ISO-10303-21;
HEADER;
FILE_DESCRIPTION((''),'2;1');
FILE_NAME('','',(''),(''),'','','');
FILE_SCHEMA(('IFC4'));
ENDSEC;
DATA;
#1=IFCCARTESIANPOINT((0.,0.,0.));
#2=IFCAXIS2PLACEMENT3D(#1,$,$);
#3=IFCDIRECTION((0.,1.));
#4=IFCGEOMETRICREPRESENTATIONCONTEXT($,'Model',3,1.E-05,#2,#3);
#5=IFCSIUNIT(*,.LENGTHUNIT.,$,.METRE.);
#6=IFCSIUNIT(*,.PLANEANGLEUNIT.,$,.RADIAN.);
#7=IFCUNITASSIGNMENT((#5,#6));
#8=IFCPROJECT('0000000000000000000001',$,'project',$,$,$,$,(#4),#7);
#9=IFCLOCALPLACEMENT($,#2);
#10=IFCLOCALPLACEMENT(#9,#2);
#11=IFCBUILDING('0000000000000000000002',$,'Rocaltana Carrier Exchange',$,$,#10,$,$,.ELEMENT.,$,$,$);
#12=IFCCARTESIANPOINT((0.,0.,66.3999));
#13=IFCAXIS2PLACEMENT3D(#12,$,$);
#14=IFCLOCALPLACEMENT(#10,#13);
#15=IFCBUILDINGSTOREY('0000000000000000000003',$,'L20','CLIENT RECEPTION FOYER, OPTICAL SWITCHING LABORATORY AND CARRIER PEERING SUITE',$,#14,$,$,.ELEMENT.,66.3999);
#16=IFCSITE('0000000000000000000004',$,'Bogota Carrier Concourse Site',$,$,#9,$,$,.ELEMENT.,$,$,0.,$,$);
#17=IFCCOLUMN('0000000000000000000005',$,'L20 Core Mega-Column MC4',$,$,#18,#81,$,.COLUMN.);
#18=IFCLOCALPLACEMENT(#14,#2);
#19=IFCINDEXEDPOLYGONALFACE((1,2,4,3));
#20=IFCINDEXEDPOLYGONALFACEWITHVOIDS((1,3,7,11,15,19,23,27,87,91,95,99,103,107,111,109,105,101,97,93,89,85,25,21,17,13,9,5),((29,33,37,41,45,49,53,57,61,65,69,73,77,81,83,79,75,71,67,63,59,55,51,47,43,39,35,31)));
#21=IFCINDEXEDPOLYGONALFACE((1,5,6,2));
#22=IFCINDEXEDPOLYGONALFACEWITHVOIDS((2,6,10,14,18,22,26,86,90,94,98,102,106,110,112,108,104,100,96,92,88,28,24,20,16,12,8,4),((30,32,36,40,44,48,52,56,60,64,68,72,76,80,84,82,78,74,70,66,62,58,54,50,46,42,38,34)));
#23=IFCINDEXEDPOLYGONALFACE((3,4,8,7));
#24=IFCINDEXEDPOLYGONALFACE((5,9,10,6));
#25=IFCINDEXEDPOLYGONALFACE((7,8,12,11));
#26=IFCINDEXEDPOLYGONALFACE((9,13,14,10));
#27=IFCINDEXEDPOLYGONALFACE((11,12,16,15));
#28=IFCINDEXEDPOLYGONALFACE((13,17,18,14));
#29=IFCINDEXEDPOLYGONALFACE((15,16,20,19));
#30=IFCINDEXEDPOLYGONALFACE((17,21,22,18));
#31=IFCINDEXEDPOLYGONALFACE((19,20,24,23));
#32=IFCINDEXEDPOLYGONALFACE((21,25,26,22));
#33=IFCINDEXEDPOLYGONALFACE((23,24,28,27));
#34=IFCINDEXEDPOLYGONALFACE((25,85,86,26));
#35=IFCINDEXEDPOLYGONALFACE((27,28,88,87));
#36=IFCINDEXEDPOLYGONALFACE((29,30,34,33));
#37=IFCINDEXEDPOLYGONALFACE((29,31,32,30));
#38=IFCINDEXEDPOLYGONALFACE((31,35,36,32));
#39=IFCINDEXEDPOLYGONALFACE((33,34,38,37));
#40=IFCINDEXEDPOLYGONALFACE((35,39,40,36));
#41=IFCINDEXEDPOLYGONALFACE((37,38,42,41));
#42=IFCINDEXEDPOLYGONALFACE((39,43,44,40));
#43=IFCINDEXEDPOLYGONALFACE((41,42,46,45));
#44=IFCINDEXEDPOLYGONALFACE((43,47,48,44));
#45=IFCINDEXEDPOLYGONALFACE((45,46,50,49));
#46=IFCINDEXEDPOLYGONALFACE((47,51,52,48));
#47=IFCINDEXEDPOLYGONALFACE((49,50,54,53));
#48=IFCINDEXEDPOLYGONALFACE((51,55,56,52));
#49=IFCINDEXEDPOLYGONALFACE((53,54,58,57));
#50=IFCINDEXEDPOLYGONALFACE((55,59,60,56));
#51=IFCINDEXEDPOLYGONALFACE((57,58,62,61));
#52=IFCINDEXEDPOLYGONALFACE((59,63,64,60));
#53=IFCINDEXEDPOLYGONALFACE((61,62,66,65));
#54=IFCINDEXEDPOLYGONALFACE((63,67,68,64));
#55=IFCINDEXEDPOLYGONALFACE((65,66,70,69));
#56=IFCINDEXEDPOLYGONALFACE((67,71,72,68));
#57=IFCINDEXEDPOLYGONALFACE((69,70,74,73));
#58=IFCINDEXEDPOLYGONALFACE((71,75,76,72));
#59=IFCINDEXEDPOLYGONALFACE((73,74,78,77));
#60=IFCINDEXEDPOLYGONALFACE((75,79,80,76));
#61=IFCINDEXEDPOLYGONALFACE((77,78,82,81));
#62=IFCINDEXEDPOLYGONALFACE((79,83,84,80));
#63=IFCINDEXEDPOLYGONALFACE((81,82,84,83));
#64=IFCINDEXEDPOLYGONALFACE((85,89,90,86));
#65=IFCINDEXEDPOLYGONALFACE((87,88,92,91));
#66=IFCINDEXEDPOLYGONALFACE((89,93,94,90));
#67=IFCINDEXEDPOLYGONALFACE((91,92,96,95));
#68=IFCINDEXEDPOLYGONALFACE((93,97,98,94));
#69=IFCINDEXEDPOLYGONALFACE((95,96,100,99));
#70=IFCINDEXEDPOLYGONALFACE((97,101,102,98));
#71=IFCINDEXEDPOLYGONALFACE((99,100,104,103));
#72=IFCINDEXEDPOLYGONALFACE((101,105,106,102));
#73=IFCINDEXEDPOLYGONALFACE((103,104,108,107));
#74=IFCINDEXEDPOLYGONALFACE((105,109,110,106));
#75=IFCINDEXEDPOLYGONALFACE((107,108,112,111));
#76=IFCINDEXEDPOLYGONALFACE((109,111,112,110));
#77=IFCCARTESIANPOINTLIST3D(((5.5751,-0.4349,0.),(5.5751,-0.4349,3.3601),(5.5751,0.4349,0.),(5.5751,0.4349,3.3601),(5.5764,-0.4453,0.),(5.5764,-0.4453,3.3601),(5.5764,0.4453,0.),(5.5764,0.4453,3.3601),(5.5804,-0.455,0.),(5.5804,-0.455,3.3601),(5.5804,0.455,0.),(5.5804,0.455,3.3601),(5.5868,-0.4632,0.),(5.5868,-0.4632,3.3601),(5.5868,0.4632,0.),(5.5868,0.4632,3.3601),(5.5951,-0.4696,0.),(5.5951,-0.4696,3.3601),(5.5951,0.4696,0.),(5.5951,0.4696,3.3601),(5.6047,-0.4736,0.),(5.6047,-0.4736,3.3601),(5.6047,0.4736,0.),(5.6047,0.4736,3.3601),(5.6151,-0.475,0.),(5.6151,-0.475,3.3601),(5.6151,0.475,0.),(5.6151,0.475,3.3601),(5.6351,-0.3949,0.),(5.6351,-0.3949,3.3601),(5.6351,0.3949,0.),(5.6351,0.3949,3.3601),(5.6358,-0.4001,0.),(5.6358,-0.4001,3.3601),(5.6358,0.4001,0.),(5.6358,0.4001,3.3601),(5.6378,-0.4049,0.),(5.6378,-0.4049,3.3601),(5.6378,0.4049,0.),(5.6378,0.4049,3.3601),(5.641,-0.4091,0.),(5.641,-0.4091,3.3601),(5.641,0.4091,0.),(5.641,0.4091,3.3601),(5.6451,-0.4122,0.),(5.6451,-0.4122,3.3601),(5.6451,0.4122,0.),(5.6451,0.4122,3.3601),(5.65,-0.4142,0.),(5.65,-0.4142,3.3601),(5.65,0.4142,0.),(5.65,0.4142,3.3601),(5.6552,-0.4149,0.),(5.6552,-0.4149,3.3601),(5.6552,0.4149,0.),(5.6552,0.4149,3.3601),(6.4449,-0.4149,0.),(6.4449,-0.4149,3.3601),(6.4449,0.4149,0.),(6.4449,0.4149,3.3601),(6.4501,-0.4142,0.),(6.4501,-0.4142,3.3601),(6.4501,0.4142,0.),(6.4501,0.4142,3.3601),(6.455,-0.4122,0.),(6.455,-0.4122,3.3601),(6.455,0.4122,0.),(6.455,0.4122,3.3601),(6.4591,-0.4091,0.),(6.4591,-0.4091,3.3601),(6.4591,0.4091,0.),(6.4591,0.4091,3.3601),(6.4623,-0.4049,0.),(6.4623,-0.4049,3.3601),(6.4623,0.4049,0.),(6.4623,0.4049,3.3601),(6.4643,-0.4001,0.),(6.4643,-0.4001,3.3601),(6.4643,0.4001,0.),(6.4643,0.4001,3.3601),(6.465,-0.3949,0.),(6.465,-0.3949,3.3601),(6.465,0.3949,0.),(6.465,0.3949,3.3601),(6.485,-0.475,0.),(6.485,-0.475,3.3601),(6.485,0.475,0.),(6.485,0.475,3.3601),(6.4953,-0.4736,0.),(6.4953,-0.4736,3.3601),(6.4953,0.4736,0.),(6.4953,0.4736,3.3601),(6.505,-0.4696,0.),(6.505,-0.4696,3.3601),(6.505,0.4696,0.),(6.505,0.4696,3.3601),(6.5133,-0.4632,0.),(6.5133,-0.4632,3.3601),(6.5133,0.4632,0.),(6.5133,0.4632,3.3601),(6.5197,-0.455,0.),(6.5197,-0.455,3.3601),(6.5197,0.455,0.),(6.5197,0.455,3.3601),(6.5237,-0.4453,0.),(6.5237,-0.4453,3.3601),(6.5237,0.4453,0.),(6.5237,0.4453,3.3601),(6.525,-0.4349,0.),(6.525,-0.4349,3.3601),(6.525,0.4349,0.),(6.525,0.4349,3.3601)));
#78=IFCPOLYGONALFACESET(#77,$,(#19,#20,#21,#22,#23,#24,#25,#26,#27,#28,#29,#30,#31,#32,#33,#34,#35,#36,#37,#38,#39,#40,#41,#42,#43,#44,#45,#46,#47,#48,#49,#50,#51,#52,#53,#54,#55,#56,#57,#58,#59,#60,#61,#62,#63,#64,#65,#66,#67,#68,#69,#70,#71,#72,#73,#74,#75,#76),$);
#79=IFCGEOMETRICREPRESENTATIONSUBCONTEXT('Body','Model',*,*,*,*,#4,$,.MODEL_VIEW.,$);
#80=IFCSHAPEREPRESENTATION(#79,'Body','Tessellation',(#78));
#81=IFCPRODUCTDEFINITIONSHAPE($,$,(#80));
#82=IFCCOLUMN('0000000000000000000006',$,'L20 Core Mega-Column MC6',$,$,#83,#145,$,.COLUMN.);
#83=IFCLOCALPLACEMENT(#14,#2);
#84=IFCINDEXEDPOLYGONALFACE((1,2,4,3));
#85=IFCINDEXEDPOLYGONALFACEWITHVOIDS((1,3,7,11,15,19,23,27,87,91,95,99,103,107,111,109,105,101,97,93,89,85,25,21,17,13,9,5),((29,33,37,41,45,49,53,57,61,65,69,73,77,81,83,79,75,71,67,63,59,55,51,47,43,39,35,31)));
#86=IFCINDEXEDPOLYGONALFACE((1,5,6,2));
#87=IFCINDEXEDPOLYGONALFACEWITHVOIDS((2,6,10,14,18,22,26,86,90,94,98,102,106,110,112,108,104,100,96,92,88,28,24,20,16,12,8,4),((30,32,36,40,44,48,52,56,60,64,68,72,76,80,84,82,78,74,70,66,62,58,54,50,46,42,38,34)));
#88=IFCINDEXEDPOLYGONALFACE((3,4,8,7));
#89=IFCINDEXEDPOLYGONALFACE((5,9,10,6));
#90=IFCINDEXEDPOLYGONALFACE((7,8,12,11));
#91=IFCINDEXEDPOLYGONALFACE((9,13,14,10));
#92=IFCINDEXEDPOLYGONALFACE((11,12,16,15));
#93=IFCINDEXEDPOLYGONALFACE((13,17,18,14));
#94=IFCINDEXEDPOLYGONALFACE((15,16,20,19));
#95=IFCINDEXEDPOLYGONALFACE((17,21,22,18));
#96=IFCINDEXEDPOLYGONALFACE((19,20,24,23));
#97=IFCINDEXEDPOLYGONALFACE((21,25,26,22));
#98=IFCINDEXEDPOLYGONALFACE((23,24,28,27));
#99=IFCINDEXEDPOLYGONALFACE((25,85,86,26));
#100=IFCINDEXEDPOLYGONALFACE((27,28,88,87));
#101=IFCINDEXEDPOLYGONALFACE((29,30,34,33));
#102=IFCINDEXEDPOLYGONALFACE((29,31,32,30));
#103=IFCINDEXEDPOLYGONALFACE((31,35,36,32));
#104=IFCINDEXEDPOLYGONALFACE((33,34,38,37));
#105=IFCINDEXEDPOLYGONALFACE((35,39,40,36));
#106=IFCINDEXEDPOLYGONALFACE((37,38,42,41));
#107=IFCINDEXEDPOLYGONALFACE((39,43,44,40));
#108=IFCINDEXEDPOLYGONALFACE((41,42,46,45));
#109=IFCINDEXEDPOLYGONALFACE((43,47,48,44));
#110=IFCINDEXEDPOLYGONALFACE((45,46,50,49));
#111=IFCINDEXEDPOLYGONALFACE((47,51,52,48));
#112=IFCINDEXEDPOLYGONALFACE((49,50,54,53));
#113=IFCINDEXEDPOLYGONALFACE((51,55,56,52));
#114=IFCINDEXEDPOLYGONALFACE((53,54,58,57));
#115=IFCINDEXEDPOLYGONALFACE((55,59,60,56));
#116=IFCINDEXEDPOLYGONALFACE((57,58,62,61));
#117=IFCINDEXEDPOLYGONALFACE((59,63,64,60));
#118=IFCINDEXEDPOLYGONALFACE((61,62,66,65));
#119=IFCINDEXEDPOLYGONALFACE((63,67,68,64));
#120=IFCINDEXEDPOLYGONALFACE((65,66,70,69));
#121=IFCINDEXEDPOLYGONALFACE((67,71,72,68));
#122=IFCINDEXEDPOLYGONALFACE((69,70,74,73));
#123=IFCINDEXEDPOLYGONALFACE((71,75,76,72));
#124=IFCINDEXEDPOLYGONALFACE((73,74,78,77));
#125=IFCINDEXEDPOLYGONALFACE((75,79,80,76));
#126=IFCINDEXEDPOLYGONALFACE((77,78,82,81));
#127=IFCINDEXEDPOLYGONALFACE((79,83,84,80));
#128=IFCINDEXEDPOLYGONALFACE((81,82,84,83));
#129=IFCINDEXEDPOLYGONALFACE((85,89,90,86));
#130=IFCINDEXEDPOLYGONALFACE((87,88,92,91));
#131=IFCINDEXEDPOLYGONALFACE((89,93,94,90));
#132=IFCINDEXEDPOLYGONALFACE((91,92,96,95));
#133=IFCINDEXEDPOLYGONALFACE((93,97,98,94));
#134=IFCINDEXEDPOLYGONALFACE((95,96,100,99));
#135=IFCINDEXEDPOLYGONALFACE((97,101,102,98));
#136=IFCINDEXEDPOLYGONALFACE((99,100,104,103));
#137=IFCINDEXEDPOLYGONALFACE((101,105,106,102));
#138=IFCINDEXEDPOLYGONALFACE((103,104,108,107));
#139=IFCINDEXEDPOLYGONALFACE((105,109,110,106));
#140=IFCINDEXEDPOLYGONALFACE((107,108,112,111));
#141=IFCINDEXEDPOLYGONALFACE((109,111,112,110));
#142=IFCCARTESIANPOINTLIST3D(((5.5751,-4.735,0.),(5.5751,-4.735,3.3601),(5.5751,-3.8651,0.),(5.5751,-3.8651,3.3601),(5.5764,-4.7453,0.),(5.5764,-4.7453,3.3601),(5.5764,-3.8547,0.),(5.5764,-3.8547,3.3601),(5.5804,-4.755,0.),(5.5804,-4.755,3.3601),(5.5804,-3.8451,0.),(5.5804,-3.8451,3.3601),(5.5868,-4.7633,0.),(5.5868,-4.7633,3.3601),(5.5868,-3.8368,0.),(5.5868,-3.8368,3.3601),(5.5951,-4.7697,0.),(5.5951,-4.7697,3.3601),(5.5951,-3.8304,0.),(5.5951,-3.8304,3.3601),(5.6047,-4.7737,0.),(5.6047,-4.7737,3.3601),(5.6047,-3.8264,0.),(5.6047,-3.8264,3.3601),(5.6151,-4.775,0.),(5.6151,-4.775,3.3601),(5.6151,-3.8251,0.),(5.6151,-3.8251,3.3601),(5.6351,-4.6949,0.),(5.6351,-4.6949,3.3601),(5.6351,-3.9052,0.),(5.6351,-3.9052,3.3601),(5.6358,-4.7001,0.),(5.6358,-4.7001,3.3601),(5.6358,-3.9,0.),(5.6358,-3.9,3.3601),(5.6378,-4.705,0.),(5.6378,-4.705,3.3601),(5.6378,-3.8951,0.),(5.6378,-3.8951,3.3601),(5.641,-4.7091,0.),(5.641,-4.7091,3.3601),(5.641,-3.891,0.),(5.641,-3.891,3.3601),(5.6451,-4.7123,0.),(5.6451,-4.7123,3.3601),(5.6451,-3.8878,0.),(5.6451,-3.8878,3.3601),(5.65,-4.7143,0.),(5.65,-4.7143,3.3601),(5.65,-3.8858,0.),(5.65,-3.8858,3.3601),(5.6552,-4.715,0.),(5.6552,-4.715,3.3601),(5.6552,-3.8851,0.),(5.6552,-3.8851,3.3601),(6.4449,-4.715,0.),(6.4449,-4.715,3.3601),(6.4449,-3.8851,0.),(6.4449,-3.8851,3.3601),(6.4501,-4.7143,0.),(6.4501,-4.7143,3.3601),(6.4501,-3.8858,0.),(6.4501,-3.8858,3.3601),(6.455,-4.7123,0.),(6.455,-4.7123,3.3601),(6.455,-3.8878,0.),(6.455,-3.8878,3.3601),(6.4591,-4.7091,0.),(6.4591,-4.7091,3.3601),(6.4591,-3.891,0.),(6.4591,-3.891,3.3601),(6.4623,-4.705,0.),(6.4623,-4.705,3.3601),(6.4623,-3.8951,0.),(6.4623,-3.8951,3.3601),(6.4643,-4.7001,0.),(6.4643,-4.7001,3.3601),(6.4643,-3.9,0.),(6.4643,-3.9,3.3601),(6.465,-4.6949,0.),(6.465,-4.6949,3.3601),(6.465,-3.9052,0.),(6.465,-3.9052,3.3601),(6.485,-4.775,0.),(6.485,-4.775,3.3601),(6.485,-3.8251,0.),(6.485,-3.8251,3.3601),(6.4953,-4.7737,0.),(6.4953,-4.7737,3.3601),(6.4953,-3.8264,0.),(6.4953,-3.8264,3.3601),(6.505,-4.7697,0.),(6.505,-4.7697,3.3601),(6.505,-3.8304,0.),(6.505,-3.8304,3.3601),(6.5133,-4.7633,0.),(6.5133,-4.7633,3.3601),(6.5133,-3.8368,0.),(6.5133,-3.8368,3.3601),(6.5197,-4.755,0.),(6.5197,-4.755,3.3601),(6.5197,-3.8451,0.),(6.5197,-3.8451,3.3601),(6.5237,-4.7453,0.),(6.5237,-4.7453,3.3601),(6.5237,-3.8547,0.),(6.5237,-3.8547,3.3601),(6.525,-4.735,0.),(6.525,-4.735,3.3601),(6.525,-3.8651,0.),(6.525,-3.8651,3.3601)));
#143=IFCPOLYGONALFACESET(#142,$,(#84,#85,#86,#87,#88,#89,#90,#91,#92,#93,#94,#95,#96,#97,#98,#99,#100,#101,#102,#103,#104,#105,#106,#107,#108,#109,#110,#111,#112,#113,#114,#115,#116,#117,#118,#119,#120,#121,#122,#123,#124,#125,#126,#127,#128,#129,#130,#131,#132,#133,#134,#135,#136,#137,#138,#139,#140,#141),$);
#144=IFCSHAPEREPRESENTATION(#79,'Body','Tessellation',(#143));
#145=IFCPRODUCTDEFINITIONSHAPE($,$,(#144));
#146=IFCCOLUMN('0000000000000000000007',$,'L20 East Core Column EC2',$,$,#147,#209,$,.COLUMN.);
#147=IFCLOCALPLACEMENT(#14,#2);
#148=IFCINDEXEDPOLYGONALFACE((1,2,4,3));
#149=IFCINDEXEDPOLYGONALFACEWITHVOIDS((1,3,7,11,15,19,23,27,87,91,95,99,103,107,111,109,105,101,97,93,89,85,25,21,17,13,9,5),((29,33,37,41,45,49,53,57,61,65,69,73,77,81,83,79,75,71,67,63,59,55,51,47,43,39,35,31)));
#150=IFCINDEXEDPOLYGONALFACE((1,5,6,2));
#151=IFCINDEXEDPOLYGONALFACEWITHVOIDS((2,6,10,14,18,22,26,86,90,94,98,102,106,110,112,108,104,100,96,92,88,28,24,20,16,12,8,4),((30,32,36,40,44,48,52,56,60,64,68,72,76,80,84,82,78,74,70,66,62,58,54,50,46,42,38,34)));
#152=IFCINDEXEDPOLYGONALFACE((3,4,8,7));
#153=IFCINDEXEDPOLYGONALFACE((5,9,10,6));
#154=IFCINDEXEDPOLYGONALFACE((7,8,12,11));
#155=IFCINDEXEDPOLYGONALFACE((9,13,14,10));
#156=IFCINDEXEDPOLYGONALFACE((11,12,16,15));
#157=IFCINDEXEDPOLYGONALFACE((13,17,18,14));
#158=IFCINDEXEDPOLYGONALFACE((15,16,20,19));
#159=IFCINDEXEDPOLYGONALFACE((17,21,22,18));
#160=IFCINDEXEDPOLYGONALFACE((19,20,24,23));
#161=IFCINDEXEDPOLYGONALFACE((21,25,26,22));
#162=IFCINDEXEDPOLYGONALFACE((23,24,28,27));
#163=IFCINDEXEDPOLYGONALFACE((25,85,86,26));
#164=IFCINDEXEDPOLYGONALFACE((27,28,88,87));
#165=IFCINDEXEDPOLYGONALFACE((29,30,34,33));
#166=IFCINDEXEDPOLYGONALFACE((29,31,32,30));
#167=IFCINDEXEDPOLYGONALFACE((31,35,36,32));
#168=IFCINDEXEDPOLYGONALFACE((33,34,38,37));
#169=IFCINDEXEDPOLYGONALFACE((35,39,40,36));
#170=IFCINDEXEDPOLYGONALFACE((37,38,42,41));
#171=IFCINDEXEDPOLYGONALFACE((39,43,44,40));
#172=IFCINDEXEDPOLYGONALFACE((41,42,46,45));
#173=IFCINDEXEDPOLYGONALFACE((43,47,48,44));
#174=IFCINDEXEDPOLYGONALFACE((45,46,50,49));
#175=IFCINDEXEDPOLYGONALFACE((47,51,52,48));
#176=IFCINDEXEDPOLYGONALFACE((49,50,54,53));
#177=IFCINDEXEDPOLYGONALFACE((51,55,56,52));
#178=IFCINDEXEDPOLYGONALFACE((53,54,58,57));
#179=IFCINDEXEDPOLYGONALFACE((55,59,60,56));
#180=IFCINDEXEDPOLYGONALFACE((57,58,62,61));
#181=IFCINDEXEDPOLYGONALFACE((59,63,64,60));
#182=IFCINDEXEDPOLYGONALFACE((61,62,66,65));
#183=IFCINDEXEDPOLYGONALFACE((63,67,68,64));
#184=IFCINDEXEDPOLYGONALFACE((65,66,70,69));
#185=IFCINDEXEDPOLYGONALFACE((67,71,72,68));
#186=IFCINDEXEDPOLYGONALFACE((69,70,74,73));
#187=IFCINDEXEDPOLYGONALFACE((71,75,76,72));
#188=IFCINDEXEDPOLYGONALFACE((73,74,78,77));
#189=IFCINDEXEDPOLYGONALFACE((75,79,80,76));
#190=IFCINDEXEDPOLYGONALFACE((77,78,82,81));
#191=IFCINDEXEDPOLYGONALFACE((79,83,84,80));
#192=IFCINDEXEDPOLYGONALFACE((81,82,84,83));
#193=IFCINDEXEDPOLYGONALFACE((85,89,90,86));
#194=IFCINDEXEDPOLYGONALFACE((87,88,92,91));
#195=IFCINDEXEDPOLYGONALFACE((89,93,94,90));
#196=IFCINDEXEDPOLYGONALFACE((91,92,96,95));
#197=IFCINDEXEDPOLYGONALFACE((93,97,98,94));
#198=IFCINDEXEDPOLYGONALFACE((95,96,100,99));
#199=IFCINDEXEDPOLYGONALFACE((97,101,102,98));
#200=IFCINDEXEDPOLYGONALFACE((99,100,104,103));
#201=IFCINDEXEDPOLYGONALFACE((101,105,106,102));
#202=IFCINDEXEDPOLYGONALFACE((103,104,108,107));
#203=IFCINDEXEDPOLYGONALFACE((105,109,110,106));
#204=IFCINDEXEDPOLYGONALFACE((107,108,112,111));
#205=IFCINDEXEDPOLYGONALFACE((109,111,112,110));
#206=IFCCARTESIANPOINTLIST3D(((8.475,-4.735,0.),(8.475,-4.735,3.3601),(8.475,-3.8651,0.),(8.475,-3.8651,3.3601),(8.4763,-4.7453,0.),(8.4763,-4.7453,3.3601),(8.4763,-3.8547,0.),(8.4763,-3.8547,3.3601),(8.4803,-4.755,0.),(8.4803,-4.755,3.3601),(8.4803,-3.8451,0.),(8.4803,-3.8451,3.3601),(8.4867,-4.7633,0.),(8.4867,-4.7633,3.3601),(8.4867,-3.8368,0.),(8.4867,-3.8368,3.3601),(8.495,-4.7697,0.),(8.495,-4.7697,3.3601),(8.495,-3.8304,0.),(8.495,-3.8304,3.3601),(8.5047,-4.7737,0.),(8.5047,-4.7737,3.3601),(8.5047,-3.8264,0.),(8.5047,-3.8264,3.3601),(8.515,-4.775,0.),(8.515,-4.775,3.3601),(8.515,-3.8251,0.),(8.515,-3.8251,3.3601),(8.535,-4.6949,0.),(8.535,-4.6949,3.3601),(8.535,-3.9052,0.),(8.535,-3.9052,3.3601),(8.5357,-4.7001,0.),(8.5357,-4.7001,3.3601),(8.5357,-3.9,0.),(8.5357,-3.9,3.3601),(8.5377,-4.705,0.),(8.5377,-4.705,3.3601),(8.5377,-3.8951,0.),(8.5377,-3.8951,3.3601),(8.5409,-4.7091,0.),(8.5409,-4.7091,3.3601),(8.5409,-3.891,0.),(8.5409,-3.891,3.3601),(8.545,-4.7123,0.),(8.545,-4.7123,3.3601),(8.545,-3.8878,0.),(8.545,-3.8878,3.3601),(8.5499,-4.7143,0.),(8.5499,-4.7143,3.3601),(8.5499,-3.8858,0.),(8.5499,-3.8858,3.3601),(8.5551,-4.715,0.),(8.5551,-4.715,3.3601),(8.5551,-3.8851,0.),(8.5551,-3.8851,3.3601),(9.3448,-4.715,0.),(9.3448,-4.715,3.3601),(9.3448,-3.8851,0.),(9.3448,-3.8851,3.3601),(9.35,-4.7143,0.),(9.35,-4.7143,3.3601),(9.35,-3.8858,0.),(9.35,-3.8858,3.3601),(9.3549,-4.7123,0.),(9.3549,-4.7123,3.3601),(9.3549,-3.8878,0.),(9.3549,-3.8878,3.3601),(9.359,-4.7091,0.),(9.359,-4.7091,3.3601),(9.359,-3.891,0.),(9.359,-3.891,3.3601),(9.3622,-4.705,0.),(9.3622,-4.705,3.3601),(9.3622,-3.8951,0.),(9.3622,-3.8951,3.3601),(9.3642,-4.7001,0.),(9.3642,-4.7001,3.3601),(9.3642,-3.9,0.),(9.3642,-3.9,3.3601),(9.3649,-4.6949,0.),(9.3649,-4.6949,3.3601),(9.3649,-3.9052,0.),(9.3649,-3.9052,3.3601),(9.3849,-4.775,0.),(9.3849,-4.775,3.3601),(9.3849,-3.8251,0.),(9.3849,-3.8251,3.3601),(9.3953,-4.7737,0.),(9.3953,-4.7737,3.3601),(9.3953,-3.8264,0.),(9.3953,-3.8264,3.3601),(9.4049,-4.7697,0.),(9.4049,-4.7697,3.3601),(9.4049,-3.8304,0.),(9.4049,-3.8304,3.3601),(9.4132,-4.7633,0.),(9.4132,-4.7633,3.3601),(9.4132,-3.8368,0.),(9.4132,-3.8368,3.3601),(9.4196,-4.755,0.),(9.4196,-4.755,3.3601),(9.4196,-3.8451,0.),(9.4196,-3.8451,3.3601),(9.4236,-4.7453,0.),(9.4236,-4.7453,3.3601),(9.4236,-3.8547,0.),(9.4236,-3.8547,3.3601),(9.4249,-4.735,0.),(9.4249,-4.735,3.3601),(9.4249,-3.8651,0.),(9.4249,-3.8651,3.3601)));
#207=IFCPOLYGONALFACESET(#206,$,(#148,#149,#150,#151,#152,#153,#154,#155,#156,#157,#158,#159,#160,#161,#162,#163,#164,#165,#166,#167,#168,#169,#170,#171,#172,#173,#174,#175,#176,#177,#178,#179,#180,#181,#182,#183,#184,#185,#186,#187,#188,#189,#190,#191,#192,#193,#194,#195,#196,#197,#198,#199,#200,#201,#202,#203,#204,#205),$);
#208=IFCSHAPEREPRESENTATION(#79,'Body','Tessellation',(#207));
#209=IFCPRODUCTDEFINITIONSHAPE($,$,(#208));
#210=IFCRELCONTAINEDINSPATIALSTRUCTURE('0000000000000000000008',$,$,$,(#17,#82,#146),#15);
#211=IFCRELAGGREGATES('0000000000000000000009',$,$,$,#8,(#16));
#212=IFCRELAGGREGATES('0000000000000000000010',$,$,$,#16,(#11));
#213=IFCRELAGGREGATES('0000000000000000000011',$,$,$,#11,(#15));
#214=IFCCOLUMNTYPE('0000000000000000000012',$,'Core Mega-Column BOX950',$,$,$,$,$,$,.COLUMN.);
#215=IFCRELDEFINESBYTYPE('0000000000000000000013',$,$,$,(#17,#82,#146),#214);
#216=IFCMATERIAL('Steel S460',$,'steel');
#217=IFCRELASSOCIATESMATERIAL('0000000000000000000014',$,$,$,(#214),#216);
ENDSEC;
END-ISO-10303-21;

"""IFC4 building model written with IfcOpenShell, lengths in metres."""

from ifc_helpers import new_model, si_unit, direction, frame, origin, origin_2d, place, context, subcontext, project, spatial, hollow_rectangle, extrude, material, material_profile, profile_set, type_object, element, save


model = new_model("IFC4")

# Units and contexts
model_context = context("Model", 3, precision=1e-05, world=origin(), true_north=direction((0.0, 1.0)))
body_context = subcontext(model_context, "Body", "Model", "MODEL_VIEW")
ifc_project = project(units=[si_unit("LENGTHUNIT", "METRE"), si_unit("PLANEANGLEUNIT", "RADIAN")], contexts=[model_context])

# Site, building, storey
site_placement = place(None, origin())
site = spatial("IfcSite", under=ifc_project, at=site_placement, Name="Bogota Carrier Concourse Site", CompositionType="ELEMENT", RefElevation=0.0)
building_placement = place(site_placement, origin())
building = spatial("IfcBuilding", under=site, at=building_placement, Name="Rocaltana Carrier Exchange", CompositionType="ELEMENT")
storey_placement = place(building_placement, frame((0.0, 0.0, 66.3999)))
storey = spatial("IfcBuildingStorey", under=building, at=storey_placement, Name="L20", Description="CLIENT RECEPTION FOYER, OPTICAL SWITCHING LABORATORY AND CARRIER PEERING SUITE", CompositionType="ELEMENT", Elevation=66.3999)

# Columns
ifc_material_1 = material(Name="Steel S460", Category="steel")
ifc_material_profile_1 = material_profile(ifc_material_1, hollow_rectangle(XDim=0.95, YDim=0.95, WallThickness=0.0601, InnerFilletRadius=0.02, OuterFilletRadius=0.04, at=origin_2d()), Name="BOX950X950X60")
ifc_profile_set_1 = profile_set([ifc_material_profile_1], Name="Steel S460")
column_type = type_object("IfcColumnType", Name="Core Mega-Column BOX950", PredefinedType="COLUMN", material=ifc_profile_set_1)
for number, where, z_axis, x_axis, name in (
    (1, (6.05, 0.0, 0.0), (0.0, 0.0, 1.0), (1.0, 0.0, 0.0), "L20 Core Mega-Column MC4"),
    (2, (6.05, -4.3, 0.0), (0.0, 0.0, 1.0), (1.0, 0.0, 0.0), "L20 Core Mega-Column MC6"),
    (3, (8.95, -4.3, 0.0), (0.0, 0.0, 1.0), (1.0, 0.0, 0.0), "L20 East Core Column EC2"),
):
    element("IfcColumn", number, at=place(storey_placement, frame(where, z_axis=z_axis, x_axis=x_axis)), inside=storey, type_object=column_type, Name=name, PredefinedType="COLUMN", context=body_context, shape_type="SweptSolid", body=[
        extrude(hollow_rectangle(XDim=0.95, YDim=0.95, WallThickness=0.0601, InnerFilletRadius=0.02, OuterFilletRadius=0.04, at=origin_2d()), origin(), (0.0, 0.0, 1.0), 3.3601),
    ])

save(model, "model.ifc")
